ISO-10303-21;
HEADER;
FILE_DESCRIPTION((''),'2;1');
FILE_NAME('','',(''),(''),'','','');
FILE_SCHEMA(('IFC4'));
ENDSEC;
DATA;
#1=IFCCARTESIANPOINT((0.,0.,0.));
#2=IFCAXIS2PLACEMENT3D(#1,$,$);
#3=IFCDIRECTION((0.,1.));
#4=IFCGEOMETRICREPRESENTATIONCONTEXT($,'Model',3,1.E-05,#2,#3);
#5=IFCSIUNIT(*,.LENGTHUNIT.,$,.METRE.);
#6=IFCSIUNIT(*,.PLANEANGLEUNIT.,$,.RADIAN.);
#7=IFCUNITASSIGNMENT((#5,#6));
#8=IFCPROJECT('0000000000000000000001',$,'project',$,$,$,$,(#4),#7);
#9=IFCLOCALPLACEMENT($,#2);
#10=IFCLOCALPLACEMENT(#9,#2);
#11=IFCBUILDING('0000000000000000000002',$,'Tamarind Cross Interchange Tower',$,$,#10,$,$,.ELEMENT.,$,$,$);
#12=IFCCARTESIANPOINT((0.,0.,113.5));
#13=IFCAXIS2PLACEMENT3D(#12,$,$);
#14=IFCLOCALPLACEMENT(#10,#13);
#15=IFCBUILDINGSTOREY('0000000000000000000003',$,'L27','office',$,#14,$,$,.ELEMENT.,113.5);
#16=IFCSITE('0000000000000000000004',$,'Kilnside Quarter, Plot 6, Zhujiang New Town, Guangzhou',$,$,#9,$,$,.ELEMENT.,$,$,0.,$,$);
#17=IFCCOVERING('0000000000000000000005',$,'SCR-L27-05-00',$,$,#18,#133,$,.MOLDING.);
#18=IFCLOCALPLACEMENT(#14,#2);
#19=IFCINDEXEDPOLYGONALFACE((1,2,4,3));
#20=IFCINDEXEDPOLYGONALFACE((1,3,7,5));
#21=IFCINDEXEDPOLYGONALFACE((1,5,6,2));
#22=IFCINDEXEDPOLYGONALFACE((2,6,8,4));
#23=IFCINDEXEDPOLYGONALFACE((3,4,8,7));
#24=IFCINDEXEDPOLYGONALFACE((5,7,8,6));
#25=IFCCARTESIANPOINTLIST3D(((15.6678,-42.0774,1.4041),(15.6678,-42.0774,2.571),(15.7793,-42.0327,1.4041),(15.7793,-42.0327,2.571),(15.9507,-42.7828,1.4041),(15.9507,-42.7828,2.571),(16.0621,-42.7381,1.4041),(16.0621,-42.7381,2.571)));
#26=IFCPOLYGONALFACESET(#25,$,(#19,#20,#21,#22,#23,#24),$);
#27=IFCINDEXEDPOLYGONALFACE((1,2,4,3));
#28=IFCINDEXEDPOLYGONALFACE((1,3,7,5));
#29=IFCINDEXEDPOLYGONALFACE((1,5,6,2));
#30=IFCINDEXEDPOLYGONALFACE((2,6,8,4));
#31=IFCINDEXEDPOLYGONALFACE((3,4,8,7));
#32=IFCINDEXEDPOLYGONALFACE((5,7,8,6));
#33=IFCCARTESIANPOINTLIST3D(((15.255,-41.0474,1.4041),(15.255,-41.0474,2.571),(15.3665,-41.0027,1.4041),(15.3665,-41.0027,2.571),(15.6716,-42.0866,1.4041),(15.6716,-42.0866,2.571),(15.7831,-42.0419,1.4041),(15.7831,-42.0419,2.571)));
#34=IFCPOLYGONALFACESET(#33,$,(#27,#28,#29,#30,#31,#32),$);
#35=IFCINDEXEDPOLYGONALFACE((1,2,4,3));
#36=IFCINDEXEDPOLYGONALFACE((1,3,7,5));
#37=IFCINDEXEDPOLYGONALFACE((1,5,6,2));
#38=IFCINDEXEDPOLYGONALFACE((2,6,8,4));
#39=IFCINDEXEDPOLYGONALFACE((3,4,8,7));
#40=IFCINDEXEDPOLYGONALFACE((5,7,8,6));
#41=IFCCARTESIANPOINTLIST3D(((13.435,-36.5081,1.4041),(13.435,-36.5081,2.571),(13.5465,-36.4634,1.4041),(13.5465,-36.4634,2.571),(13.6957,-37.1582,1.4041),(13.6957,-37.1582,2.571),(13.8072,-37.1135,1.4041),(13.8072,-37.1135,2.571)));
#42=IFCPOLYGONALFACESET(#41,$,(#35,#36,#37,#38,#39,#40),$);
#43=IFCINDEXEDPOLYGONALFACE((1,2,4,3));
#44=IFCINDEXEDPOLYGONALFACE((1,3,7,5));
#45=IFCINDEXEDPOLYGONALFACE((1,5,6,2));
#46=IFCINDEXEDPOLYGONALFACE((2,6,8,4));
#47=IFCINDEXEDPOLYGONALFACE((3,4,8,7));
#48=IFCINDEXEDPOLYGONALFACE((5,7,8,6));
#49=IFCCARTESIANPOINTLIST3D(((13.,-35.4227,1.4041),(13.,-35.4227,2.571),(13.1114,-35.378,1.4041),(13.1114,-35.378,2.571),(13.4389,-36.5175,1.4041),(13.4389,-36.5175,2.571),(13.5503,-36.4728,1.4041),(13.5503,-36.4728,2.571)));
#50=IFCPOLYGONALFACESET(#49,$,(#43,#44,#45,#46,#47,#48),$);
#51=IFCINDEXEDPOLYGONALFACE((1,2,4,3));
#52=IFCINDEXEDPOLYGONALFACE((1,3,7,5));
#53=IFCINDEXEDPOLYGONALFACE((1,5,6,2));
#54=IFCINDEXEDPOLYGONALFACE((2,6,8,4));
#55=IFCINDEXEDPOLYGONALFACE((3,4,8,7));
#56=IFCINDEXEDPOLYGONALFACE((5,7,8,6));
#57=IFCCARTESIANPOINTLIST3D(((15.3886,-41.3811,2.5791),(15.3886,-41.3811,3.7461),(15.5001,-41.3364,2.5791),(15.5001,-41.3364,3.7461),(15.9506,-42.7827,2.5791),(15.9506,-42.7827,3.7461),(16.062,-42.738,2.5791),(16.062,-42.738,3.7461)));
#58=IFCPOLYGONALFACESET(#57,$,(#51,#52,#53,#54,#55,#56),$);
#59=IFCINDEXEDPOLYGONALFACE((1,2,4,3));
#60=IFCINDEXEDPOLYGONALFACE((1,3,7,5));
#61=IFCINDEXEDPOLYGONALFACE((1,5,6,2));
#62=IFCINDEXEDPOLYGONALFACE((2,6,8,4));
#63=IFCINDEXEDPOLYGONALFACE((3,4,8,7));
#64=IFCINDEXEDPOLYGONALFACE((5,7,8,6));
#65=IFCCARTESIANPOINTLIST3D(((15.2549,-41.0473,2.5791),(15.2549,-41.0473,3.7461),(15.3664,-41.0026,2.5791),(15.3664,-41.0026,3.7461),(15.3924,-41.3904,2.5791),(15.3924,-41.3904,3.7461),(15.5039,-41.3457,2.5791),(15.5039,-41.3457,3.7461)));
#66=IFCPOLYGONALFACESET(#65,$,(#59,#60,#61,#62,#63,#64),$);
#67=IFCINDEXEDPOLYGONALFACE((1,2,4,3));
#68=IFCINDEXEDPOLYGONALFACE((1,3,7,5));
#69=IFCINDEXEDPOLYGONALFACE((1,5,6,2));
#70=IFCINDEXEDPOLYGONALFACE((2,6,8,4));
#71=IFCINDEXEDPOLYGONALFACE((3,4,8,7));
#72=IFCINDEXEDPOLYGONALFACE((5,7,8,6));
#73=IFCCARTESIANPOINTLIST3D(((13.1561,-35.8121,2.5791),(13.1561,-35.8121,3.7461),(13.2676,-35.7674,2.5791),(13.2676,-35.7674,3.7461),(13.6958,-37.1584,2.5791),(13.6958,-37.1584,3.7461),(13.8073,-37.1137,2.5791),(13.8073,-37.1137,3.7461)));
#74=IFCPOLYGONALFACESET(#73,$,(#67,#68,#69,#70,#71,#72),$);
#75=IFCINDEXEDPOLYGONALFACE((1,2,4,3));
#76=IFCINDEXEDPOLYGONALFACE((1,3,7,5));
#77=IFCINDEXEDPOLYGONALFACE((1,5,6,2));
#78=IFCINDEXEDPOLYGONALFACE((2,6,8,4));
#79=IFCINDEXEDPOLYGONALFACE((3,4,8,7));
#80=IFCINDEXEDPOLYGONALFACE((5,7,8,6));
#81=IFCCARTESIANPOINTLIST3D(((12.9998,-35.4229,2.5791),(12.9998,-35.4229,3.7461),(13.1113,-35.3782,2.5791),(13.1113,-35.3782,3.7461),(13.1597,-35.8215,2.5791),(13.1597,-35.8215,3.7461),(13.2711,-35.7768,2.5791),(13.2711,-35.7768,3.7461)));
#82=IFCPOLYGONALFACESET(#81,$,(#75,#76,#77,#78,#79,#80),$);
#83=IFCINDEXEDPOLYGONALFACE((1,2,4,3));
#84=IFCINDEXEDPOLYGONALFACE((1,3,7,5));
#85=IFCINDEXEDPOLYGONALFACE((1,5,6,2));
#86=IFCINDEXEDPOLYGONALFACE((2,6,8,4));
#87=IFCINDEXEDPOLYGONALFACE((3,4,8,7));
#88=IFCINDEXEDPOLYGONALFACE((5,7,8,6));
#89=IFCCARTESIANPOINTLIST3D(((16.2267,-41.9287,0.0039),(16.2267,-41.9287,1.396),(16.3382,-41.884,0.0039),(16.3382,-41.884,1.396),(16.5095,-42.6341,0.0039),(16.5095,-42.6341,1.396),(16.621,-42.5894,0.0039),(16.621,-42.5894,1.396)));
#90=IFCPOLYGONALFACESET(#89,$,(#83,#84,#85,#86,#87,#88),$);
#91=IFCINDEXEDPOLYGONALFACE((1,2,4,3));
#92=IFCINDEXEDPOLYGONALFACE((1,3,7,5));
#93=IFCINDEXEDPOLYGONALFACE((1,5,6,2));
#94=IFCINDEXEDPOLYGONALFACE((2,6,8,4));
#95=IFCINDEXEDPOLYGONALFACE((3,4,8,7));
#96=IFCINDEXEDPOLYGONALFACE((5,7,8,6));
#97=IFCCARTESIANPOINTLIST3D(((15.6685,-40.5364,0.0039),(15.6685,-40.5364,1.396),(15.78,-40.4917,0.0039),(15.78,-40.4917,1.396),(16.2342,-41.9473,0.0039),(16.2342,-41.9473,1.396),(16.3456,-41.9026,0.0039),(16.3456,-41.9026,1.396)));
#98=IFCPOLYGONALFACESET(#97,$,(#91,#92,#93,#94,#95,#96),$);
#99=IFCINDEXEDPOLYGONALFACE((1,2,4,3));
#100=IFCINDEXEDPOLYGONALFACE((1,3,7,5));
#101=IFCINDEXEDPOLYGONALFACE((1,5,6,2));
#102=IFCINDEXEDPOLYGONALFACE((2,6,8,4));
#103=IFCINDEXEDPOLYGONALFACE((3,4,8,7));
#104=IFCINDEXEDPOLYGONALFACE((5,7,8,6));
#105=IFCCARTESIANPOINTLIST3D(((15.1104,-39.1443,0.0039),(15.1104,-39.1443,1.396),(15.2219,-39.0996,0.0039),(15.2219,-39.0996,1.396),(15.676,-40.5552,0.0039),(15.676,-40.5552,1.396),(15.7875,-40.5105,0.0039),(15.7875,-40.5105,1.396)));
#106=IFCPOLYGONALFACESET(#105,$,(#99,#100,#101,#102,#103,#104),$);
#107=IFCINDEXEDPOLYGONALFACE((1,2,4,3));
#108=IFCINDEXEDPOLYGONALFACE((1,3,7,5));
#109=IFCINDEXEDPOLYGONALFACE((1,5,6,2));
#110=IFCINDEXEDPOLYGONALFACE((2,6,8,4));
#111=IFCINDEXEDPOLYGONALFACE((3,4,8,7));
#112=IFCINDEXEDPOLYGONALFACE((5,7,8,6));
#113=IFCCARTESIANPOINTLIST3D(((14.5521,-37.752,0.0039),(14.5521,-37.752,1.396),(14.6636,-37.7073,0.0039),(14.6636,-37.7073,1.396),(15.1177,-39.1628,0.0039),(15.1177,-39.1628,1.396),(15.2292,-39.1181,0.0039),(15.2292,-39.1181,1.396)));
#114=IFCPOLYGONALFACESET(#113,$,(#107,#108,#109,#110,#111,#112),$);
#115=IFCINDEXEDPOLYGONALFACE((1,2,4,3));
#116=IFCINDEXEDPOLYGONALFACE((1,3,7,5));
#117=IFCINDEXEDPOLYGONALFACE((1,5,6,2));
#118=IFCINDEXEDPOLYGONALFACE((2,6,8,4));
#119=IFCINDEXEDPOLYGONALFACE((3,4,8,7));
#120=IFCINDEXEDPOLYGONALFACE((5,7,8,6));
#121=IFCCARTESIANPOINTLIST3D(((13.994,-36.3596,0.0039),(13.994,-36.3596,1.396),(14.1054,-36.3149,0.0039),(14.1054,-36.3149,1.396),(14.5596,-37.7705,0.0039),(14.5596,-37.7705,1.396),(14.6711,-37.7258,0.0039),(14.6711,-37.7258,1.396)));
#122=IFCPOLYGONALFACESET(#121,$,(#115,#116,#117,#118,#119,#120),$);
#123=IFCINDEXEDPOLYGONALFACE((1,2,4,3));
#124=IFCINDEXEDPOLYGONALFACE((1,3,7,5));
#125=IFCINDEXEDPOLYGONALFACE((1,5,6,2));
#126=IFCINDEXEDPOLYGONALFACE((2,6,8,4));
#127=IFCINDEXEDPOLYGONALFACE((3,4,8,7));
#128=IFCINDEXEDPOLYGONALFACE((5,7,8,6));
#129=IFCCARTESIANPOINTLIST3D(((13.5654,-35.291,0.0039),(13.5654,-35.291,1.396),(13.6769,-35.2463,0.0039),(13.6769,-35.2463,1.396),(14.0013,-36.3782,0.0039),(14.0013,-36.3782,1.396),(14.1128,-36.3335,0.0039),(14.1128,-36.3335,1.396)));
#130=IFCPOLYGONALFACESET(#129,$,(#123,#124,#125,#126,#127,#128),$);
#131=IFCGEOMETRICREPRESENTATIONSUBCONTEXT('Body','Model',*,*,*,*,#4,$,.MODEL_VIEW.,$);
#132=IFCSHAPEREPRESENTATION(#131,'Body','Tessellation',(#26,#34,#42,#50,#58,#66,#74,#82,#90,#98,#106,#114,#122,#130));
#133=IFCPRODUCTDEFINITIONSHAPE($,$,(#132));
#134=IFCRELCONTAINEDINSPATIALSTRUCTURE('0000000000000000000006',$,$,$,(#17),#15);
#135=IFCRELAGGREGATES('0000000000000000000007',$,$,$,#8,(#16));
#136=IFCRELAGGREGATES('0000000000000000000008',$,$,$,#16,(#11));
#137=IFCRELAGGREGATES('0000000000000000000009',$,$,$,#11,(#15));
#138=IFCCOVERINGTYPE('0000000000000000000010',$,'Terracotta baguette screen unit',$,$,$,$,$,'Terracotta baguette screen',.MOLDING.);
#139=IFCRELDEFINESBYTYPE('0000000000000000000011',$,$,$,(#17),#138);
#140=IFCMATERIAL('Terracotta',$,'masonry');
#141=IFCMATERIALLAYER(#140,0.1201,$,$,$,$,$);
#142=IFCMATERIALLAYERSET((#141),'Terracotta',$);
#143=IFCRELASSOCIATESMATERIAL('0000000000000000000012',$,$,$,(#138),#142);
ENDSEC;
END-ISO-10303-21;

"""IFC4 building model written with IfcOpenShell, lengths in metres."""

from ifc_helpers import new_model, si_unit, direction, frame, origin, origin_2d, place, context, subcontext, project, spatial, rectangle, extrude, material, layer, layer_set, type_object, element, save


model = new_model("IFC4")

# Units and contexts
model_context = context("Model", 3, precision=1e-05, world=origin(), true_north=direction((0.0, 1.0)))
body_context = subcontext(model_context, "Body", "Model", "MODEL_VIEW")
ifc_project = project(units=[si_unit("LENGTHUNIT", "METRE"), si_unit("PLANEANGLEUNIT", "RADIAN")], contexts=[model_context])

# Site, building, storey
site_placement = place(None, origin())
site = spatial("IfcSite", under=ifc_project, at=site_placement, Name="Kilnside Quarter, Plot 6, Zhujiang New Town, Guangzhou", CompositionType="ELEMENT", RefElevation=0.0)
building_placement = place(site_placement, origin())
building = spatial("IfcBuilding", under=site, at=building_placement, Name="Tamarind Cross Interchange Tower", CompositionType="ELEMENT")
storey_placement = place(building_placement, frame((0.0, 0.0, 113.5)))
storey = spatial("IfcBuildingStorey", under=building, at=storey_placement, Name="L27", Description="office", CompositionType="ELEMENT", Elevation=113.5)

# Covering
ifc_material_1 = material(Name="Terracotta", Category="masonry")
ifc_layer_1 = layer(ifc_material_1, 0.1201)
ifc_layer_set_1 = layer_set([ifc_layer_1], Name="Terracotta")
covering_type = type_object("IfcCoveringType", Name="Terracotta baguette screen unit", ElementType="Terracotta baguette screen", PredefinedType="MOLDING", material=ifc_layer_set_1)
covering_1_placement = place(storey_placement, origin())
element("IfcCovering", 1, at=covering_1_placement, inside=storey, type_object=covering_type, Name="SCR-L27-05-00", PredefinedType="MOLDING", context=body_context, shape_type="SweptSolid", body=[
    extrude(rectangle(XDim=0.76, YDim=0.1201, at=origin_2d()), frame((15.865, -42.4077, 1.4041), z_axis=(0.0, 0.0, 1.0), x_axis=(-0.372124, 0.928183, 0.0)), (0.0, 0.0, 1.0), 1.167),
    extrude(rectangle(XDim=1.1196, YDim=0.1201, at=origin_2d()), frame((15.519, -41.5447, 1.4041), z_axis=(0.0, 0.0, 1.0), x_axis=(-0.372124, 0.928183, 0.0)), (0.0, 0.0, 1.0), 1.167),
    extrude(rectangle(XDim=0.7004, YDim=0.1201, at=origin_2d()), frame((13.6211, -36.8108, 1.4041), z_axis=(0.0, 0.0, 1.0), x_axis=(-0.372124, 0.928183, 0.0)), (0.0, 0.0, 1.0), 1.167),
    extrude(rectangle(XDim=1.1794, YDim=0.1201, at=origin_2d()), frame((13.2751, -35.9478, 1.4041), z_axis=(0.0, 0.0, 1.0), x_axis=(-0.372124, 0.928183, 0.0)), (0.0, 0.0, 1.0), 1.167),
    extrude(rectangle(XDim=1.51, YDim=0.1201, at=origin_2d()), frame((15.7253, -42.0596, 2.5791), z_axis=(0.0, 0.0, 1.0), x_axis=(-0.372124, 0.928183, 0.0)), (0.0, 0.0, 1.0), 1.167),
    extrude(rectangle(XDim=0.3696, YDim=0.1201, at=origin_2d()), frame((15.3794, -41.1965, 2.5791), z_axis=(0.0, 0.0, 1.0), x_axis=(-0.372124, 0.928183, 0.0)), (0.0, 0.0, 1.0), 1.167),
    extrude(rectangle(XDim=1.4504, YDim=0.1201, at=origin_2d()), frame((13.4817, -36.4629, 2.5791), z_axis=(0.0, 0.0, 1.0), x_axis=(-0.372124, 0.928183, 0.0)), (0.0, 0.0, 1.0), 1.167),
    extrude(rectangle(XDim=0.4294, YDim=0.1201, at=origin_2d()), frame((13.1355, -35.5999, 2.5791), z_axis=(0.0, 0.0, 1.0), x_axis=(-0.372124, 0.928183, 0.0)), (0.0, 0.0, 1.0), 1.167),
    extrude(rectangle(XDim=0.76, YDim=0.1201, at=origin_2d()), frame((16.4238, -42.259, 0.0039), z_axis=(0.0, 0.0, 1.0), x_axis=(-0.372124, 0.928183, 0.0)), (0.0, 0.0, 1.0), 1.3921),
    extrude(rectangle(XDim=1.52, YDim=0.1201, at=origin_2d()), frame((16.0071, -41.2195, 0.0039), z_axis=(0.0, 0.0, 1.0), x_axis=(-0.372124, 0.928183, 0.0)), (0.0, 0.0, 1.0), 1.3921),
    extrude(rectangle(XDim=1.52, YDim=0.1201, at=origin_2d()), frame((15.449, -39.8274, 0.0039), z_axis=(0.0, 0.0, 1.0), x_axis=(-0.372124, 0.928183, 0.0)), (0.0, 0.0, 1.0), 1.3921),
    extrude(rectangle(XDim=1.52, YDim=0.1201, at=origin_2d()), frame((14.8906, -38.4351, 0.0039), z_axis=(0.0, 0.0, 1.0), x_axis=(-0.372124, 0.928183, 0.0)), (0.0, 0.0, 1.0), 1.3921),
    extrude(rectangle(XDim=1.52, YDim=0.1201, at=origin_2d()), frame((14.3325, -37.0427, 0.0039), z_axis=(0.0, 0.0, 1.0), x_axis=(-0.372124, 0.928183, 0.0)), (0.0, 0.0, 1.0), 1.3921),
    extrude(rectangle(XDim=1.1714, YDim=0.1201, at=origin_2d()), frame((13.8391, -35.8123, 0.0039), z_axis=(0.0, 0.0, 1.0), x_axis=(-0.372124, 0.928183, 0.0)), (0.0, 0.0, 1.0), 1.3921),
])

save(model, "model.ifc")
